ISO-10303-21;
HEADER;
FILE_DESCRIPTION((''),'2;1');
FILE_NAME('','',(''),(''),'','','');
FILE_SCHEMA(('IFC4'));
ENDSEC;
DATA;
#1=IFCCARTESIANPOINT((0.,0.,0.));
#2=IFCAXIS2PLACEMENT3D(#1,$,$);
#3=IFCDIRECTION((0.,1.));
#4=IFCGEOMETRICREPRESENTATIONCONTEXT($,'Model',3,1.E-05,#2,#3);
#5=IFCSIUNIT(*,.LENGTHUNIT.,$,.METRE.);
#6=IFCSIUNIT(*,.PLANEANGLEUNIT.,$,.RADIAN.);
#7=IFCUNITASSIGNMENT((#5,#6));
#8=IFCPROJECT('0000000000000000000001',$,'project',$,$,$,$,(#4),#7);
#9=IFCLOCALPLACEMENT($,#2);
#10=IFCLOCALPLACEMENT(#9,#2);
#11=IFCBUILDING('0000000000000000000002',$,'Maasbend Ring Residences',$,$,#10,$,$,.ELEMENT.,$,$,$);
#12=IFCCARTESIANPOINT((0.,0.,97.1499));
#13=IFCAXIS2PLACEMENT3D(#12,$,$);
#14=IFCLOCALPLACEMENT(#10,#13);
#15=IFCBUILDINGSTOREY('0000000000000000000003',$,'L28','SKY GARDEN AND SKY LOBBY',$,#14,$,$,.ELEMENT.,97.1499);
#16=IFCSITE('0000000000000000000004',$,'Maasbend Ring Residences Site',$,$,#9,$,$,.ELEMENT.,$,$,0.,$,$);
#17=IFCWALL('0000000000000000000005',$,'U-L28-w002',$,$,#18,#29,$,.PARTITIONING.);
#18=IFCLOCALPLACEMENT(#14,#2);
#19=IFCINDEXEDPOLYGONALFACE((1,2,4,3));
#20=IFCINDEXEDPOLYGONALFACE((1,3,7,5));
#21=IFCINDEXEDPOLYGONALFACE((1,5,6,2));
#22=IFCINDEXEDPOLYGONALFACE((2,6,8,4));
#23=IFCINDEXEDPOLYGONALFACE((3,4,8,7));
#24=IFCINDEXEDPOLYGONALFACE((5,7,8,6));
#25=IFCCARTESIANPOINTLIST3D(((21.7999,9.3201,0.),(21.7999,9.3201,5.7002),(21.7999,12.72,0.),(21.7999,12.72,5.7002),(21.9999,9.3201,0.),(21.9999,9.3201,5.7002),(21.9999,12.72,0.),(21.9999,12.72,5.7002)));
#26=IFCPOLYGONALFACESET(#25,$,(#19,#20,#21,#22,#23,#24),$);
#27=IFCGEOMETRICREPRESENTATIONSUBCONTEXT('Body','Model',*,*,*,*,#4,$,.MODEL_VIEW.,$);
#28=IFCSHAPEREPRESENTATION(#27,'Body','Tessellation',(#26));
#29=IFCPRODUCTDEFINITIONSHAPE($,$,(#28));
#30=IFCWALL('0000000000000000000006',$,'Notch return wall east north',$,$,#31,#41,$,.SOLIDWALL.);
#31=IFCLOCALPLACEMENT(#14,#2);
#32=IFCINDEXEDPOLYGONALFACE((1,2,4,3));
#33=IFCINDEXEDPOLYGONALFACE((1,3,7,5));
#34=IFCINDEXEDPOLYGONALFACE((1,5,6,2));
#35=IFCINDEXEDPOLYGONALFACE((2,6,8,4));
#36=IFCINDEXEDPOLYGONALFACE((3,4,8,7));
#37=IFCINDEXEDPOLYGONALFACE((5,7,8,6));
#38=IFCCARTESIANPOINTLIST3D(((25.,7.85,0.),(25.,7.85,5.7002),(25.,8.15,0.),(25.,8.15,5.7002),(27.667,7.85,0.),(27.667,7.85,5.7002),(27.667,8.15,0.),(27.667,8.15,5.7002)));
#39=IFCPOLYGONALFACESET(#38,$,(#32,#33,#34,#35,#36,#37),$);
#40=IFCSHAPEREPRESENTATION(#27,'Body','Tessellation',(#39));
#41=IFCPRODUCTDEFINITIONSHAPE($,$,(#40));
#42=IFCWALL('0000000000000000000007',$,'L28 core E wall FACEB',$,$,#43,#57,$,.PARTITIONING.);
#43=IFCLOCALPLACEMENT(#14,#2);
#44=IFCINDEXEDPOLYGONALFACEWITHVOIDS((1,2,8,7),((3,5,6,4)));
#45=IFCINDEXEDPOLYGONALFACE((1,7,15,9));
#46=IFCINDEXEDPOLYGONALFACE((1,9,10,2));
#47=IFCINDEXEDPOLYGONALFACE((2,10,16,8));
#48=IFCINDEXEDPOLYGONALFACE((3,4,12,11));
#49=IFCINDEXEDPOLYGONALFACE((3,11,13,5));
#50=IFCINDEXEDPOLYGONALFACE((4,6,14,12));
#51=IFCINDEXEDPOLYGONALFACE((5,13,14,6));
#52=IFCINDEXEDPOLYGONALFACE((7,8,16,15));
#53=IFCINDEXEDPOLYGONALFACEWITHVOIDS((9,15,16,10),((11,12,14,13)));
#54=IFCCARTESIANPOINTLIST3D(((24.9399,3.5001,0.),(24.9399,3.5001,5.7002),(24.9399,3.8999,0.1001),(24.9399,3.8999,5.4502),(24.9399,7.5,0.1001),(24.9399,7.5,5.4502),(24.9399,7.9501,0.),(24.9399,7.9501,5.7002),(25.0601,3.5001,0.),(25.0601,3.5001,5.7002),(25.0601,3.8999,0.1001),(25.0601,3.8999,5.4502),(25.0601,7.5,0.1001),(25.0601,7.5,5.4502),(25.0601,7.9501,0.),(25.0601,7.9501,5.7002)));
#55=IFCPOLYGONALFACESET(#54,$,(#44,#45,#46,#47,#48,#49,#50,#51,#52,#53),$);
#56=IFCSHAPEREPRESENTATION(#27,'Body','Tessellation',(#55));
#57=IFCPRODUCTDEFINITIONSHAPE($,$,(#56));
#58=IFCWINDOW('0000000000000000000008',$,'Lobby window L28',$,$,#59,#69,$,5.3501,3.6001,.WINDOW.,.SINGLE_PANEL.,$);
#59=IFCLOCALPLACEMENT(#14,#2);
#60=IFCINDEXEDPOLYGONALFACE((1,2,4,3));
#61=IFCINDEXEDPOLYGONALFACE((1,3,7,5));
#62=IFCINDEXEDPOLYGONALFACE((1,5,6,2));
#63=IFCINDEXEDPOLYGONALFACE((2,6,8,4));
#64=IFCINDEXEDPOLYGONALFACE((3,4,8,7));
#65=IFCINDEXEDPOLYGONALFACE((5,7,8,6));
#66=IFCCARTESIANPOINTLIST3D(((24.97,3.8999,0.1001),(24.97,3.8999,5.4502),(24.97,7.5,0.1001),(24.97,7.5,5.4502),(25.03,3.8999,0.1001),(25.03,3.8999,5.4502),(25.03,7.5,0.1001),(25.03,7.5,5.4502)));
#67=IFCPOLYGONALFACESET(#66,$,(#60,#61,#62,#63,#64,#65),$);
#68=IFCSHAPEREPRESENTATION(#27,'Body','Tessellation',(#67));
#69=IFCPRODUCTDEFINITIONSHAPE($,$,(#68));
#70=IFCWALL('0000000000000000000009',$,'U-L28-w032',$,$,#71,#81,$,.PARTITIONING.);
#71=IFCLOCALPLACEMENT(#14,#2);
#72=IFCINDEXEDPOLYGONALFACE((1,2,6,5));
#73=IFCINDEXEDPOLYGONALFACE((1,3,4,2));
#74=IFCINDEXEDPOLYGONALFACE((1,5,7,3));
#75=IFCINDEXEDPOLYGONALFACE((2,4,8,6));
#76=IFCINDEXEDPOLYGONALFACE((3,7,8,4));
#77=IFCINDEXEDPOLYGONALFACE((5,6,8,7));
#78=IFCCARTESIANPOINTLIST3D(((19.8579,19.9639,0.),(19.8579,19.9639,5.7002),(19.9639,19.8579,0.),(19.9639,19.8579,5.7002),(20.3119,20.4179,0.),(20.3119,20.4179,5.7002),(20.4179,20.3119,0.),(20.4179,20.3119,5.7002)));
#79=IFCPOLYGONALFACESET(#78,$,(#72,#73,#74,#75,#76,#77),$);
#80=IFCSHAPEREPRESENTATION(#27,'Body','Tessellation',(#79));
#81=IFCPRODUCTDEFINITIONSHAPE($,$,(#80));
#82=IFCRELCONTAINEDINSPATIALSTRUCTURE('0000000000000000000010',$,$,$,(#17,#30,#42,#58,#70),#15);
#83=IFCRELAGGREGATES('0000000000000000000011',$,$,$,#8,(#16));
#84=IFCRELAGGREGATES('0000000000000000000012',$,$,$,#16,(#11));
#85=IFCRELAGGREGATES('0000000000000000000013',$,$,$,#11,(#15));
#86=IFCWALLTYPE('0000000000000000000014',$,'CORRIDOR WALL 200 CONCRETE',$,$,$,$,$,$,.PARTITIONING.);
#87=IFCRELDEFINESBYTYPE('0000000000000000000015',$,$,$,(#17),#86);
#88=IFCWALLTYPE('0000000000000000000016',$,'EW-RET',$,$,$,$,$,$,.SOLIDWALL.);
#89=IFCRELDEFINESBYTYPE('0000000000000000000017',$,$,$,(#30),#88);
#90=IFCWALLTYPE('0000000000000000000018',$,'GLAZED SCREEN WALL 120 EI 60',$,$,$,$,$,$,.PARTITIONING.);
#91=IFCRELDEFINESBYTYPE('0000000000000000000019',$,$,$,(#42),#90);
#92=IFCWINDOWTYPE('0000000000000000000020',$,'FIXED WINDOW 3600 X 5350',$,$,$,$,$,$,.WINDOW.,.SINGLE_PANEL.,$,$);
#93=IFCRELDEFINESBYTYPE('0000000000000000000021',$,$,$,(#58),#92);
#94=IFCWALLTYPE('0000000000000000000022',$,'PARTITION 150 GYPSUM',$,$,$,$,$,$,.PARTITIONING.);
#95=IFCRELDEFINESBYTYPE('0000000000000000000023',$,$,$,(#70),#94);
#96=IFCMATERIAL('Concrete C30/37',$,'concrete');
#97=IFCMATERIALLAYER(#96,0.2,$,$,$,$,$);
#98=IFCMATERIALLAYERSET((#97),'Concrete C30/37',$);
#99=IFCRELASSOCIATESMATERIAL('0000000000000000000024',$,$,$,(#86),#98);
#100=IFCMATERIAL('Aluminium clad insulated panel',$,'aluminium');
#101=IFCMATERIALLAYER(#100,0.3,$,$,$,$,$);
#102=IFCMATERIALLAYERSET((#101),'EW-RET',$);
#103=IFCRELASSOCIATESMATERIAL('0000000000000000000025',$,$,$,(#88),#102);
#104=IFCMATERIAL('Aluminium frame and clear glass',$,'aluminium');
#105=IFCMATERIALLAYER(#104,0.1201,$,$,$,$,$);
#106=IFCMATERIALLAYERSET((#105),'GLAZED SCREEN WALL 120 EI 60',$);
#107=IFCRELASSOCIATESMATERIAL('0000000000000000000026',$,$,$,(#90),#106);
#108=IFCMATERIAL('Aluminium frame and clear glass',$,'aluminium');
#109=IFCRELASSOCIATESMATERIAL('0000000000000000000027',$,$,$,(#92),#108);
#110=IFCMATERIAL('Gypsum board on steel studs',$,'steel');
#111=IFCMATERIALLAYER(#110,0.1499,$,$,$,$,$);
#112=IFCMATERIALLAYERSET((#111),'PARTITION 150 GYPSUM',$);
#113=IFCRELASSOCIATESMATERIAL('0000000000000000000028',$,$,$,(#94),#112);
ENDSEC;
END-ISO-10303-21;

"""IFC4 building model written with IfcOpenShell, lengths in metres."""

from ifc_helpers import new_model, si_unit, direction, frame, frame_2d, origin, place, context, subcontext, project, spatial, rectangle, extrude, material, layer, layer_set, type_object, element, fill, save


model = new_model("IFC4")

# Units and contexts
model_context = context("Model", 3, precision=1e-05, world=origin(), true_north=direction((0.0, 1.0)))
body_context = subcontext(model_context, "Body", "Model", "MODEL_VIEW")
ifc_project = project(units=[si_unit("LENGTHUNIT", "METRE"), si_unit("PLANEANGLEUNIT", "RADIAN")], contexts=[model_context])

# Site, building, storey
site_placement = place(None, origin())
site = spatial("IfcSite", under=ifc_project, at=site_placement, Name="Maasbend Ring Residences Site", CompositionType="ELEMENT", RefElevation=0.0)
building_placement = place(site_placement, origin())
building = spatial("IfcBuilding", under=site, at=building_placement, Name="Maasbend Ring Residences", CompositionType="ELEMENT")
storey_placement = place(building_placement, frame((0.0, 0.0, 97.1499)))
storey = spatial("IfcBuildingStorey", under=building, at=storey_placement, Name="L28", Description="SKY GARDEN AND SKY LOBBY", CompositionType="ELEMENT", Elevation=97.1499)

# Walls
ifc_material_1 = material(Name="Concrete C30/37", Category="concrete")
ifc_layer_1 = layer(ifc_material_1, 0.2)
ifc_layer_set_1 = layer_set([ifc_layer_1], Name="Concrete C30/37")
wall_type_1 = type_object("IfcWallType", Name="CORRIDOR WALL 200 CONCRETE", PredefinedType="PARTITIONING", material=ifc_layer_set_1)
wall_1_placement = place(storey_placement, frame((21.8999, 9.3201, 0.0), z_axis=(0.0, 0.0, 1.0), x_axis=(0.0, 1.0, 0.0)))
element("IfcWall", 1, at=wall_1_placement, inside=storey, type_object=wall_type_1, Name="U-L28-w002", PredefinedType="PARTITIONING", context=body_context, shape_type="SweptSolid", body=[
    extrude(rectangle(XDim=3.3999, YDim=0.2, at=frame_2d((1.7, 0.0))), origin(), (0.0, 0.0, 1.0), 5.7002),
])
ifc_material_2 = material(Name="Aluminium clad insulated panel", Category="aluminium")
ifc_layer_2 = layer(ifc_material_2, 0.3)
ifc_layer_set_2 = layer_set([ifc_layer_2], Name="EW-RET")
wall_type_2 = type_object("IfcWallType", Name="EW-RET", PredefinedType="SOLIDWALL", material=ifc_layer_set_2)
wall_2_placement = place(storey_placement, frame((25.0, 8.0, 0.0), z_axis=(0.0, 0.0, 1.0), x_axis=(1.0, 0.0, 0.0)))
element("IfcWall", 2, at=wall_2_placement, inside=storey, type_object=wall_type_2, Name="Notch return wall east north", PredefinedType="SOLIDWALL", context=body_context, shape_type="SweptSolid", body=[
    extrude(rectangle(XDim=2.667, YDim=0.3, at=frame_2d((1.3335, 0.0))), origin(), (0.0, 0.0, 1.0), 5.7002),
])

# Wall, opening, window
ifc_material_3 = material(Name="Aluminium frame and clear glass", Category="aluminium")
ifc_layer_3 = layer(ifc_material_3, 0.1201)
ifc_layer_set_3 = layer_set([ifc_layer_3], Name="GLAZED SCREEN WALL 120 EI 60")
wall_type_3 = type_object("IfcWallType", Name="GLAZED SCREEN WALL 120 EI 60", PredefinedType="PARTITIONING", material=ifc_layer_set_3)
wall_3_placement = place(storey_placement, frame((25.0, 3.5, 0.0), z_axis=(0.0, 0.0, 1.0), x_axis=(0.0, 1.0, 0.0)))
wall_3 = element("IfcWall", 3, at=wall_3_placement, inside=storey, type_object=wall_type_3, Name="L28 core E wall FACEB", PredefinedType="PARTITIONING", context=body_context, shape_type="SweptSolid", body=[
    extrude(rectangle(XDim=4.45, YDim=0.1201, at=frame_2d((2.2251, 0.0))), origin(), (0.0, 0.0, 1.0), 5.7002),
])
opening_1_placement = place(wall_3_placement, frame((0.3999, 0.0, 0.1001)))
opening_1 = element("IfcOpeningElement", 4, at=opening_1_placement, cuts=wall_3, PredefinedType="OPENING", context=body_context, shape_type="SweptSolid", body=[
    extrude(rectangle(XDim=3.6001, YDim=5.3501, at=frame_2d((1.8, 2.675))), frame((0.0, 0.0701, 0.0), z_axis=(0.0, -1.0, 0.0), x_axis=(1.0, 0.0, 0.0)), (0.0, 0.0, 1.0), 0.1401),
])
ifc_material_4 = material(Name="Aluminium frame and clear glass", Category="aluminium")
window_type = type_object("IfcWindowType", Name="FIXED WINDOW 3600 X 5350", PartitioningType="SINGLE_PANEL", PredefinedType="WINDOW", material=ifc_material_4)
window_placement = place(opening_1_placement, origin())
window = element("IfcWindow", 5, at=window_placement, inside=storey, type_object=window_type, Name="Lobby window L28", OverallHeight=5.3501, OverallWidth=3.6001, PartitioningType="SINGLE_PANEL", PredefinedType="WINDOW", context=body_context, shape_type="SweptSolid", body=[
    extrude(rectangle(XDim=3.6001, YDim=5.3501, at=frame_2d((1.8, 2.675))), frame((0.0, 0.03, 0.0), z_axis=(0.0, -1.0, 0.0), x_axis=(1.0, 0.0, 0.0)), (0.0, 0.0, 1.0), 0.0601),
])
fill(opening_1, window)

# Wall
ifc_material_5 = material(Name="Gypsum board on steel studs", Category="steel")
ifc_layer_4 = layer(ifc_material_5, 0.1499)
ifc_layer_set_4 = layer_set([ifc_layer_4], Name="PARTITION 150 GYPSUM")
wall_type_4 = type_object("IfcWallType", Name="PARTITION 150 GYPSUM", PredefinedType="PARTITIONING", material=ifc_layer_set_4)
wall_4_placement = place(storey_placement, frame((19.9109, 19.9109, 0.0), z_axis=(0.0, 0.0, 1.0), x_axis=(0.707107, 0.707107, 0.0)))
element("IfcWall", 6, at=wall_4_placement, inside=storey, type_object=wall_type_4, Name="U-L28-w032", PredefinedType="PARTITIONING", context=body_context, shape_type="SweptSolid", body=[
    extrude(rectangle(XDim=0.6421, YDim=0.1499, at=frame_2d((0.321, 0.0))), origin(), (0.0, 0.0, 1.0), 5.7002),
])

save(model, "model.ifc")
